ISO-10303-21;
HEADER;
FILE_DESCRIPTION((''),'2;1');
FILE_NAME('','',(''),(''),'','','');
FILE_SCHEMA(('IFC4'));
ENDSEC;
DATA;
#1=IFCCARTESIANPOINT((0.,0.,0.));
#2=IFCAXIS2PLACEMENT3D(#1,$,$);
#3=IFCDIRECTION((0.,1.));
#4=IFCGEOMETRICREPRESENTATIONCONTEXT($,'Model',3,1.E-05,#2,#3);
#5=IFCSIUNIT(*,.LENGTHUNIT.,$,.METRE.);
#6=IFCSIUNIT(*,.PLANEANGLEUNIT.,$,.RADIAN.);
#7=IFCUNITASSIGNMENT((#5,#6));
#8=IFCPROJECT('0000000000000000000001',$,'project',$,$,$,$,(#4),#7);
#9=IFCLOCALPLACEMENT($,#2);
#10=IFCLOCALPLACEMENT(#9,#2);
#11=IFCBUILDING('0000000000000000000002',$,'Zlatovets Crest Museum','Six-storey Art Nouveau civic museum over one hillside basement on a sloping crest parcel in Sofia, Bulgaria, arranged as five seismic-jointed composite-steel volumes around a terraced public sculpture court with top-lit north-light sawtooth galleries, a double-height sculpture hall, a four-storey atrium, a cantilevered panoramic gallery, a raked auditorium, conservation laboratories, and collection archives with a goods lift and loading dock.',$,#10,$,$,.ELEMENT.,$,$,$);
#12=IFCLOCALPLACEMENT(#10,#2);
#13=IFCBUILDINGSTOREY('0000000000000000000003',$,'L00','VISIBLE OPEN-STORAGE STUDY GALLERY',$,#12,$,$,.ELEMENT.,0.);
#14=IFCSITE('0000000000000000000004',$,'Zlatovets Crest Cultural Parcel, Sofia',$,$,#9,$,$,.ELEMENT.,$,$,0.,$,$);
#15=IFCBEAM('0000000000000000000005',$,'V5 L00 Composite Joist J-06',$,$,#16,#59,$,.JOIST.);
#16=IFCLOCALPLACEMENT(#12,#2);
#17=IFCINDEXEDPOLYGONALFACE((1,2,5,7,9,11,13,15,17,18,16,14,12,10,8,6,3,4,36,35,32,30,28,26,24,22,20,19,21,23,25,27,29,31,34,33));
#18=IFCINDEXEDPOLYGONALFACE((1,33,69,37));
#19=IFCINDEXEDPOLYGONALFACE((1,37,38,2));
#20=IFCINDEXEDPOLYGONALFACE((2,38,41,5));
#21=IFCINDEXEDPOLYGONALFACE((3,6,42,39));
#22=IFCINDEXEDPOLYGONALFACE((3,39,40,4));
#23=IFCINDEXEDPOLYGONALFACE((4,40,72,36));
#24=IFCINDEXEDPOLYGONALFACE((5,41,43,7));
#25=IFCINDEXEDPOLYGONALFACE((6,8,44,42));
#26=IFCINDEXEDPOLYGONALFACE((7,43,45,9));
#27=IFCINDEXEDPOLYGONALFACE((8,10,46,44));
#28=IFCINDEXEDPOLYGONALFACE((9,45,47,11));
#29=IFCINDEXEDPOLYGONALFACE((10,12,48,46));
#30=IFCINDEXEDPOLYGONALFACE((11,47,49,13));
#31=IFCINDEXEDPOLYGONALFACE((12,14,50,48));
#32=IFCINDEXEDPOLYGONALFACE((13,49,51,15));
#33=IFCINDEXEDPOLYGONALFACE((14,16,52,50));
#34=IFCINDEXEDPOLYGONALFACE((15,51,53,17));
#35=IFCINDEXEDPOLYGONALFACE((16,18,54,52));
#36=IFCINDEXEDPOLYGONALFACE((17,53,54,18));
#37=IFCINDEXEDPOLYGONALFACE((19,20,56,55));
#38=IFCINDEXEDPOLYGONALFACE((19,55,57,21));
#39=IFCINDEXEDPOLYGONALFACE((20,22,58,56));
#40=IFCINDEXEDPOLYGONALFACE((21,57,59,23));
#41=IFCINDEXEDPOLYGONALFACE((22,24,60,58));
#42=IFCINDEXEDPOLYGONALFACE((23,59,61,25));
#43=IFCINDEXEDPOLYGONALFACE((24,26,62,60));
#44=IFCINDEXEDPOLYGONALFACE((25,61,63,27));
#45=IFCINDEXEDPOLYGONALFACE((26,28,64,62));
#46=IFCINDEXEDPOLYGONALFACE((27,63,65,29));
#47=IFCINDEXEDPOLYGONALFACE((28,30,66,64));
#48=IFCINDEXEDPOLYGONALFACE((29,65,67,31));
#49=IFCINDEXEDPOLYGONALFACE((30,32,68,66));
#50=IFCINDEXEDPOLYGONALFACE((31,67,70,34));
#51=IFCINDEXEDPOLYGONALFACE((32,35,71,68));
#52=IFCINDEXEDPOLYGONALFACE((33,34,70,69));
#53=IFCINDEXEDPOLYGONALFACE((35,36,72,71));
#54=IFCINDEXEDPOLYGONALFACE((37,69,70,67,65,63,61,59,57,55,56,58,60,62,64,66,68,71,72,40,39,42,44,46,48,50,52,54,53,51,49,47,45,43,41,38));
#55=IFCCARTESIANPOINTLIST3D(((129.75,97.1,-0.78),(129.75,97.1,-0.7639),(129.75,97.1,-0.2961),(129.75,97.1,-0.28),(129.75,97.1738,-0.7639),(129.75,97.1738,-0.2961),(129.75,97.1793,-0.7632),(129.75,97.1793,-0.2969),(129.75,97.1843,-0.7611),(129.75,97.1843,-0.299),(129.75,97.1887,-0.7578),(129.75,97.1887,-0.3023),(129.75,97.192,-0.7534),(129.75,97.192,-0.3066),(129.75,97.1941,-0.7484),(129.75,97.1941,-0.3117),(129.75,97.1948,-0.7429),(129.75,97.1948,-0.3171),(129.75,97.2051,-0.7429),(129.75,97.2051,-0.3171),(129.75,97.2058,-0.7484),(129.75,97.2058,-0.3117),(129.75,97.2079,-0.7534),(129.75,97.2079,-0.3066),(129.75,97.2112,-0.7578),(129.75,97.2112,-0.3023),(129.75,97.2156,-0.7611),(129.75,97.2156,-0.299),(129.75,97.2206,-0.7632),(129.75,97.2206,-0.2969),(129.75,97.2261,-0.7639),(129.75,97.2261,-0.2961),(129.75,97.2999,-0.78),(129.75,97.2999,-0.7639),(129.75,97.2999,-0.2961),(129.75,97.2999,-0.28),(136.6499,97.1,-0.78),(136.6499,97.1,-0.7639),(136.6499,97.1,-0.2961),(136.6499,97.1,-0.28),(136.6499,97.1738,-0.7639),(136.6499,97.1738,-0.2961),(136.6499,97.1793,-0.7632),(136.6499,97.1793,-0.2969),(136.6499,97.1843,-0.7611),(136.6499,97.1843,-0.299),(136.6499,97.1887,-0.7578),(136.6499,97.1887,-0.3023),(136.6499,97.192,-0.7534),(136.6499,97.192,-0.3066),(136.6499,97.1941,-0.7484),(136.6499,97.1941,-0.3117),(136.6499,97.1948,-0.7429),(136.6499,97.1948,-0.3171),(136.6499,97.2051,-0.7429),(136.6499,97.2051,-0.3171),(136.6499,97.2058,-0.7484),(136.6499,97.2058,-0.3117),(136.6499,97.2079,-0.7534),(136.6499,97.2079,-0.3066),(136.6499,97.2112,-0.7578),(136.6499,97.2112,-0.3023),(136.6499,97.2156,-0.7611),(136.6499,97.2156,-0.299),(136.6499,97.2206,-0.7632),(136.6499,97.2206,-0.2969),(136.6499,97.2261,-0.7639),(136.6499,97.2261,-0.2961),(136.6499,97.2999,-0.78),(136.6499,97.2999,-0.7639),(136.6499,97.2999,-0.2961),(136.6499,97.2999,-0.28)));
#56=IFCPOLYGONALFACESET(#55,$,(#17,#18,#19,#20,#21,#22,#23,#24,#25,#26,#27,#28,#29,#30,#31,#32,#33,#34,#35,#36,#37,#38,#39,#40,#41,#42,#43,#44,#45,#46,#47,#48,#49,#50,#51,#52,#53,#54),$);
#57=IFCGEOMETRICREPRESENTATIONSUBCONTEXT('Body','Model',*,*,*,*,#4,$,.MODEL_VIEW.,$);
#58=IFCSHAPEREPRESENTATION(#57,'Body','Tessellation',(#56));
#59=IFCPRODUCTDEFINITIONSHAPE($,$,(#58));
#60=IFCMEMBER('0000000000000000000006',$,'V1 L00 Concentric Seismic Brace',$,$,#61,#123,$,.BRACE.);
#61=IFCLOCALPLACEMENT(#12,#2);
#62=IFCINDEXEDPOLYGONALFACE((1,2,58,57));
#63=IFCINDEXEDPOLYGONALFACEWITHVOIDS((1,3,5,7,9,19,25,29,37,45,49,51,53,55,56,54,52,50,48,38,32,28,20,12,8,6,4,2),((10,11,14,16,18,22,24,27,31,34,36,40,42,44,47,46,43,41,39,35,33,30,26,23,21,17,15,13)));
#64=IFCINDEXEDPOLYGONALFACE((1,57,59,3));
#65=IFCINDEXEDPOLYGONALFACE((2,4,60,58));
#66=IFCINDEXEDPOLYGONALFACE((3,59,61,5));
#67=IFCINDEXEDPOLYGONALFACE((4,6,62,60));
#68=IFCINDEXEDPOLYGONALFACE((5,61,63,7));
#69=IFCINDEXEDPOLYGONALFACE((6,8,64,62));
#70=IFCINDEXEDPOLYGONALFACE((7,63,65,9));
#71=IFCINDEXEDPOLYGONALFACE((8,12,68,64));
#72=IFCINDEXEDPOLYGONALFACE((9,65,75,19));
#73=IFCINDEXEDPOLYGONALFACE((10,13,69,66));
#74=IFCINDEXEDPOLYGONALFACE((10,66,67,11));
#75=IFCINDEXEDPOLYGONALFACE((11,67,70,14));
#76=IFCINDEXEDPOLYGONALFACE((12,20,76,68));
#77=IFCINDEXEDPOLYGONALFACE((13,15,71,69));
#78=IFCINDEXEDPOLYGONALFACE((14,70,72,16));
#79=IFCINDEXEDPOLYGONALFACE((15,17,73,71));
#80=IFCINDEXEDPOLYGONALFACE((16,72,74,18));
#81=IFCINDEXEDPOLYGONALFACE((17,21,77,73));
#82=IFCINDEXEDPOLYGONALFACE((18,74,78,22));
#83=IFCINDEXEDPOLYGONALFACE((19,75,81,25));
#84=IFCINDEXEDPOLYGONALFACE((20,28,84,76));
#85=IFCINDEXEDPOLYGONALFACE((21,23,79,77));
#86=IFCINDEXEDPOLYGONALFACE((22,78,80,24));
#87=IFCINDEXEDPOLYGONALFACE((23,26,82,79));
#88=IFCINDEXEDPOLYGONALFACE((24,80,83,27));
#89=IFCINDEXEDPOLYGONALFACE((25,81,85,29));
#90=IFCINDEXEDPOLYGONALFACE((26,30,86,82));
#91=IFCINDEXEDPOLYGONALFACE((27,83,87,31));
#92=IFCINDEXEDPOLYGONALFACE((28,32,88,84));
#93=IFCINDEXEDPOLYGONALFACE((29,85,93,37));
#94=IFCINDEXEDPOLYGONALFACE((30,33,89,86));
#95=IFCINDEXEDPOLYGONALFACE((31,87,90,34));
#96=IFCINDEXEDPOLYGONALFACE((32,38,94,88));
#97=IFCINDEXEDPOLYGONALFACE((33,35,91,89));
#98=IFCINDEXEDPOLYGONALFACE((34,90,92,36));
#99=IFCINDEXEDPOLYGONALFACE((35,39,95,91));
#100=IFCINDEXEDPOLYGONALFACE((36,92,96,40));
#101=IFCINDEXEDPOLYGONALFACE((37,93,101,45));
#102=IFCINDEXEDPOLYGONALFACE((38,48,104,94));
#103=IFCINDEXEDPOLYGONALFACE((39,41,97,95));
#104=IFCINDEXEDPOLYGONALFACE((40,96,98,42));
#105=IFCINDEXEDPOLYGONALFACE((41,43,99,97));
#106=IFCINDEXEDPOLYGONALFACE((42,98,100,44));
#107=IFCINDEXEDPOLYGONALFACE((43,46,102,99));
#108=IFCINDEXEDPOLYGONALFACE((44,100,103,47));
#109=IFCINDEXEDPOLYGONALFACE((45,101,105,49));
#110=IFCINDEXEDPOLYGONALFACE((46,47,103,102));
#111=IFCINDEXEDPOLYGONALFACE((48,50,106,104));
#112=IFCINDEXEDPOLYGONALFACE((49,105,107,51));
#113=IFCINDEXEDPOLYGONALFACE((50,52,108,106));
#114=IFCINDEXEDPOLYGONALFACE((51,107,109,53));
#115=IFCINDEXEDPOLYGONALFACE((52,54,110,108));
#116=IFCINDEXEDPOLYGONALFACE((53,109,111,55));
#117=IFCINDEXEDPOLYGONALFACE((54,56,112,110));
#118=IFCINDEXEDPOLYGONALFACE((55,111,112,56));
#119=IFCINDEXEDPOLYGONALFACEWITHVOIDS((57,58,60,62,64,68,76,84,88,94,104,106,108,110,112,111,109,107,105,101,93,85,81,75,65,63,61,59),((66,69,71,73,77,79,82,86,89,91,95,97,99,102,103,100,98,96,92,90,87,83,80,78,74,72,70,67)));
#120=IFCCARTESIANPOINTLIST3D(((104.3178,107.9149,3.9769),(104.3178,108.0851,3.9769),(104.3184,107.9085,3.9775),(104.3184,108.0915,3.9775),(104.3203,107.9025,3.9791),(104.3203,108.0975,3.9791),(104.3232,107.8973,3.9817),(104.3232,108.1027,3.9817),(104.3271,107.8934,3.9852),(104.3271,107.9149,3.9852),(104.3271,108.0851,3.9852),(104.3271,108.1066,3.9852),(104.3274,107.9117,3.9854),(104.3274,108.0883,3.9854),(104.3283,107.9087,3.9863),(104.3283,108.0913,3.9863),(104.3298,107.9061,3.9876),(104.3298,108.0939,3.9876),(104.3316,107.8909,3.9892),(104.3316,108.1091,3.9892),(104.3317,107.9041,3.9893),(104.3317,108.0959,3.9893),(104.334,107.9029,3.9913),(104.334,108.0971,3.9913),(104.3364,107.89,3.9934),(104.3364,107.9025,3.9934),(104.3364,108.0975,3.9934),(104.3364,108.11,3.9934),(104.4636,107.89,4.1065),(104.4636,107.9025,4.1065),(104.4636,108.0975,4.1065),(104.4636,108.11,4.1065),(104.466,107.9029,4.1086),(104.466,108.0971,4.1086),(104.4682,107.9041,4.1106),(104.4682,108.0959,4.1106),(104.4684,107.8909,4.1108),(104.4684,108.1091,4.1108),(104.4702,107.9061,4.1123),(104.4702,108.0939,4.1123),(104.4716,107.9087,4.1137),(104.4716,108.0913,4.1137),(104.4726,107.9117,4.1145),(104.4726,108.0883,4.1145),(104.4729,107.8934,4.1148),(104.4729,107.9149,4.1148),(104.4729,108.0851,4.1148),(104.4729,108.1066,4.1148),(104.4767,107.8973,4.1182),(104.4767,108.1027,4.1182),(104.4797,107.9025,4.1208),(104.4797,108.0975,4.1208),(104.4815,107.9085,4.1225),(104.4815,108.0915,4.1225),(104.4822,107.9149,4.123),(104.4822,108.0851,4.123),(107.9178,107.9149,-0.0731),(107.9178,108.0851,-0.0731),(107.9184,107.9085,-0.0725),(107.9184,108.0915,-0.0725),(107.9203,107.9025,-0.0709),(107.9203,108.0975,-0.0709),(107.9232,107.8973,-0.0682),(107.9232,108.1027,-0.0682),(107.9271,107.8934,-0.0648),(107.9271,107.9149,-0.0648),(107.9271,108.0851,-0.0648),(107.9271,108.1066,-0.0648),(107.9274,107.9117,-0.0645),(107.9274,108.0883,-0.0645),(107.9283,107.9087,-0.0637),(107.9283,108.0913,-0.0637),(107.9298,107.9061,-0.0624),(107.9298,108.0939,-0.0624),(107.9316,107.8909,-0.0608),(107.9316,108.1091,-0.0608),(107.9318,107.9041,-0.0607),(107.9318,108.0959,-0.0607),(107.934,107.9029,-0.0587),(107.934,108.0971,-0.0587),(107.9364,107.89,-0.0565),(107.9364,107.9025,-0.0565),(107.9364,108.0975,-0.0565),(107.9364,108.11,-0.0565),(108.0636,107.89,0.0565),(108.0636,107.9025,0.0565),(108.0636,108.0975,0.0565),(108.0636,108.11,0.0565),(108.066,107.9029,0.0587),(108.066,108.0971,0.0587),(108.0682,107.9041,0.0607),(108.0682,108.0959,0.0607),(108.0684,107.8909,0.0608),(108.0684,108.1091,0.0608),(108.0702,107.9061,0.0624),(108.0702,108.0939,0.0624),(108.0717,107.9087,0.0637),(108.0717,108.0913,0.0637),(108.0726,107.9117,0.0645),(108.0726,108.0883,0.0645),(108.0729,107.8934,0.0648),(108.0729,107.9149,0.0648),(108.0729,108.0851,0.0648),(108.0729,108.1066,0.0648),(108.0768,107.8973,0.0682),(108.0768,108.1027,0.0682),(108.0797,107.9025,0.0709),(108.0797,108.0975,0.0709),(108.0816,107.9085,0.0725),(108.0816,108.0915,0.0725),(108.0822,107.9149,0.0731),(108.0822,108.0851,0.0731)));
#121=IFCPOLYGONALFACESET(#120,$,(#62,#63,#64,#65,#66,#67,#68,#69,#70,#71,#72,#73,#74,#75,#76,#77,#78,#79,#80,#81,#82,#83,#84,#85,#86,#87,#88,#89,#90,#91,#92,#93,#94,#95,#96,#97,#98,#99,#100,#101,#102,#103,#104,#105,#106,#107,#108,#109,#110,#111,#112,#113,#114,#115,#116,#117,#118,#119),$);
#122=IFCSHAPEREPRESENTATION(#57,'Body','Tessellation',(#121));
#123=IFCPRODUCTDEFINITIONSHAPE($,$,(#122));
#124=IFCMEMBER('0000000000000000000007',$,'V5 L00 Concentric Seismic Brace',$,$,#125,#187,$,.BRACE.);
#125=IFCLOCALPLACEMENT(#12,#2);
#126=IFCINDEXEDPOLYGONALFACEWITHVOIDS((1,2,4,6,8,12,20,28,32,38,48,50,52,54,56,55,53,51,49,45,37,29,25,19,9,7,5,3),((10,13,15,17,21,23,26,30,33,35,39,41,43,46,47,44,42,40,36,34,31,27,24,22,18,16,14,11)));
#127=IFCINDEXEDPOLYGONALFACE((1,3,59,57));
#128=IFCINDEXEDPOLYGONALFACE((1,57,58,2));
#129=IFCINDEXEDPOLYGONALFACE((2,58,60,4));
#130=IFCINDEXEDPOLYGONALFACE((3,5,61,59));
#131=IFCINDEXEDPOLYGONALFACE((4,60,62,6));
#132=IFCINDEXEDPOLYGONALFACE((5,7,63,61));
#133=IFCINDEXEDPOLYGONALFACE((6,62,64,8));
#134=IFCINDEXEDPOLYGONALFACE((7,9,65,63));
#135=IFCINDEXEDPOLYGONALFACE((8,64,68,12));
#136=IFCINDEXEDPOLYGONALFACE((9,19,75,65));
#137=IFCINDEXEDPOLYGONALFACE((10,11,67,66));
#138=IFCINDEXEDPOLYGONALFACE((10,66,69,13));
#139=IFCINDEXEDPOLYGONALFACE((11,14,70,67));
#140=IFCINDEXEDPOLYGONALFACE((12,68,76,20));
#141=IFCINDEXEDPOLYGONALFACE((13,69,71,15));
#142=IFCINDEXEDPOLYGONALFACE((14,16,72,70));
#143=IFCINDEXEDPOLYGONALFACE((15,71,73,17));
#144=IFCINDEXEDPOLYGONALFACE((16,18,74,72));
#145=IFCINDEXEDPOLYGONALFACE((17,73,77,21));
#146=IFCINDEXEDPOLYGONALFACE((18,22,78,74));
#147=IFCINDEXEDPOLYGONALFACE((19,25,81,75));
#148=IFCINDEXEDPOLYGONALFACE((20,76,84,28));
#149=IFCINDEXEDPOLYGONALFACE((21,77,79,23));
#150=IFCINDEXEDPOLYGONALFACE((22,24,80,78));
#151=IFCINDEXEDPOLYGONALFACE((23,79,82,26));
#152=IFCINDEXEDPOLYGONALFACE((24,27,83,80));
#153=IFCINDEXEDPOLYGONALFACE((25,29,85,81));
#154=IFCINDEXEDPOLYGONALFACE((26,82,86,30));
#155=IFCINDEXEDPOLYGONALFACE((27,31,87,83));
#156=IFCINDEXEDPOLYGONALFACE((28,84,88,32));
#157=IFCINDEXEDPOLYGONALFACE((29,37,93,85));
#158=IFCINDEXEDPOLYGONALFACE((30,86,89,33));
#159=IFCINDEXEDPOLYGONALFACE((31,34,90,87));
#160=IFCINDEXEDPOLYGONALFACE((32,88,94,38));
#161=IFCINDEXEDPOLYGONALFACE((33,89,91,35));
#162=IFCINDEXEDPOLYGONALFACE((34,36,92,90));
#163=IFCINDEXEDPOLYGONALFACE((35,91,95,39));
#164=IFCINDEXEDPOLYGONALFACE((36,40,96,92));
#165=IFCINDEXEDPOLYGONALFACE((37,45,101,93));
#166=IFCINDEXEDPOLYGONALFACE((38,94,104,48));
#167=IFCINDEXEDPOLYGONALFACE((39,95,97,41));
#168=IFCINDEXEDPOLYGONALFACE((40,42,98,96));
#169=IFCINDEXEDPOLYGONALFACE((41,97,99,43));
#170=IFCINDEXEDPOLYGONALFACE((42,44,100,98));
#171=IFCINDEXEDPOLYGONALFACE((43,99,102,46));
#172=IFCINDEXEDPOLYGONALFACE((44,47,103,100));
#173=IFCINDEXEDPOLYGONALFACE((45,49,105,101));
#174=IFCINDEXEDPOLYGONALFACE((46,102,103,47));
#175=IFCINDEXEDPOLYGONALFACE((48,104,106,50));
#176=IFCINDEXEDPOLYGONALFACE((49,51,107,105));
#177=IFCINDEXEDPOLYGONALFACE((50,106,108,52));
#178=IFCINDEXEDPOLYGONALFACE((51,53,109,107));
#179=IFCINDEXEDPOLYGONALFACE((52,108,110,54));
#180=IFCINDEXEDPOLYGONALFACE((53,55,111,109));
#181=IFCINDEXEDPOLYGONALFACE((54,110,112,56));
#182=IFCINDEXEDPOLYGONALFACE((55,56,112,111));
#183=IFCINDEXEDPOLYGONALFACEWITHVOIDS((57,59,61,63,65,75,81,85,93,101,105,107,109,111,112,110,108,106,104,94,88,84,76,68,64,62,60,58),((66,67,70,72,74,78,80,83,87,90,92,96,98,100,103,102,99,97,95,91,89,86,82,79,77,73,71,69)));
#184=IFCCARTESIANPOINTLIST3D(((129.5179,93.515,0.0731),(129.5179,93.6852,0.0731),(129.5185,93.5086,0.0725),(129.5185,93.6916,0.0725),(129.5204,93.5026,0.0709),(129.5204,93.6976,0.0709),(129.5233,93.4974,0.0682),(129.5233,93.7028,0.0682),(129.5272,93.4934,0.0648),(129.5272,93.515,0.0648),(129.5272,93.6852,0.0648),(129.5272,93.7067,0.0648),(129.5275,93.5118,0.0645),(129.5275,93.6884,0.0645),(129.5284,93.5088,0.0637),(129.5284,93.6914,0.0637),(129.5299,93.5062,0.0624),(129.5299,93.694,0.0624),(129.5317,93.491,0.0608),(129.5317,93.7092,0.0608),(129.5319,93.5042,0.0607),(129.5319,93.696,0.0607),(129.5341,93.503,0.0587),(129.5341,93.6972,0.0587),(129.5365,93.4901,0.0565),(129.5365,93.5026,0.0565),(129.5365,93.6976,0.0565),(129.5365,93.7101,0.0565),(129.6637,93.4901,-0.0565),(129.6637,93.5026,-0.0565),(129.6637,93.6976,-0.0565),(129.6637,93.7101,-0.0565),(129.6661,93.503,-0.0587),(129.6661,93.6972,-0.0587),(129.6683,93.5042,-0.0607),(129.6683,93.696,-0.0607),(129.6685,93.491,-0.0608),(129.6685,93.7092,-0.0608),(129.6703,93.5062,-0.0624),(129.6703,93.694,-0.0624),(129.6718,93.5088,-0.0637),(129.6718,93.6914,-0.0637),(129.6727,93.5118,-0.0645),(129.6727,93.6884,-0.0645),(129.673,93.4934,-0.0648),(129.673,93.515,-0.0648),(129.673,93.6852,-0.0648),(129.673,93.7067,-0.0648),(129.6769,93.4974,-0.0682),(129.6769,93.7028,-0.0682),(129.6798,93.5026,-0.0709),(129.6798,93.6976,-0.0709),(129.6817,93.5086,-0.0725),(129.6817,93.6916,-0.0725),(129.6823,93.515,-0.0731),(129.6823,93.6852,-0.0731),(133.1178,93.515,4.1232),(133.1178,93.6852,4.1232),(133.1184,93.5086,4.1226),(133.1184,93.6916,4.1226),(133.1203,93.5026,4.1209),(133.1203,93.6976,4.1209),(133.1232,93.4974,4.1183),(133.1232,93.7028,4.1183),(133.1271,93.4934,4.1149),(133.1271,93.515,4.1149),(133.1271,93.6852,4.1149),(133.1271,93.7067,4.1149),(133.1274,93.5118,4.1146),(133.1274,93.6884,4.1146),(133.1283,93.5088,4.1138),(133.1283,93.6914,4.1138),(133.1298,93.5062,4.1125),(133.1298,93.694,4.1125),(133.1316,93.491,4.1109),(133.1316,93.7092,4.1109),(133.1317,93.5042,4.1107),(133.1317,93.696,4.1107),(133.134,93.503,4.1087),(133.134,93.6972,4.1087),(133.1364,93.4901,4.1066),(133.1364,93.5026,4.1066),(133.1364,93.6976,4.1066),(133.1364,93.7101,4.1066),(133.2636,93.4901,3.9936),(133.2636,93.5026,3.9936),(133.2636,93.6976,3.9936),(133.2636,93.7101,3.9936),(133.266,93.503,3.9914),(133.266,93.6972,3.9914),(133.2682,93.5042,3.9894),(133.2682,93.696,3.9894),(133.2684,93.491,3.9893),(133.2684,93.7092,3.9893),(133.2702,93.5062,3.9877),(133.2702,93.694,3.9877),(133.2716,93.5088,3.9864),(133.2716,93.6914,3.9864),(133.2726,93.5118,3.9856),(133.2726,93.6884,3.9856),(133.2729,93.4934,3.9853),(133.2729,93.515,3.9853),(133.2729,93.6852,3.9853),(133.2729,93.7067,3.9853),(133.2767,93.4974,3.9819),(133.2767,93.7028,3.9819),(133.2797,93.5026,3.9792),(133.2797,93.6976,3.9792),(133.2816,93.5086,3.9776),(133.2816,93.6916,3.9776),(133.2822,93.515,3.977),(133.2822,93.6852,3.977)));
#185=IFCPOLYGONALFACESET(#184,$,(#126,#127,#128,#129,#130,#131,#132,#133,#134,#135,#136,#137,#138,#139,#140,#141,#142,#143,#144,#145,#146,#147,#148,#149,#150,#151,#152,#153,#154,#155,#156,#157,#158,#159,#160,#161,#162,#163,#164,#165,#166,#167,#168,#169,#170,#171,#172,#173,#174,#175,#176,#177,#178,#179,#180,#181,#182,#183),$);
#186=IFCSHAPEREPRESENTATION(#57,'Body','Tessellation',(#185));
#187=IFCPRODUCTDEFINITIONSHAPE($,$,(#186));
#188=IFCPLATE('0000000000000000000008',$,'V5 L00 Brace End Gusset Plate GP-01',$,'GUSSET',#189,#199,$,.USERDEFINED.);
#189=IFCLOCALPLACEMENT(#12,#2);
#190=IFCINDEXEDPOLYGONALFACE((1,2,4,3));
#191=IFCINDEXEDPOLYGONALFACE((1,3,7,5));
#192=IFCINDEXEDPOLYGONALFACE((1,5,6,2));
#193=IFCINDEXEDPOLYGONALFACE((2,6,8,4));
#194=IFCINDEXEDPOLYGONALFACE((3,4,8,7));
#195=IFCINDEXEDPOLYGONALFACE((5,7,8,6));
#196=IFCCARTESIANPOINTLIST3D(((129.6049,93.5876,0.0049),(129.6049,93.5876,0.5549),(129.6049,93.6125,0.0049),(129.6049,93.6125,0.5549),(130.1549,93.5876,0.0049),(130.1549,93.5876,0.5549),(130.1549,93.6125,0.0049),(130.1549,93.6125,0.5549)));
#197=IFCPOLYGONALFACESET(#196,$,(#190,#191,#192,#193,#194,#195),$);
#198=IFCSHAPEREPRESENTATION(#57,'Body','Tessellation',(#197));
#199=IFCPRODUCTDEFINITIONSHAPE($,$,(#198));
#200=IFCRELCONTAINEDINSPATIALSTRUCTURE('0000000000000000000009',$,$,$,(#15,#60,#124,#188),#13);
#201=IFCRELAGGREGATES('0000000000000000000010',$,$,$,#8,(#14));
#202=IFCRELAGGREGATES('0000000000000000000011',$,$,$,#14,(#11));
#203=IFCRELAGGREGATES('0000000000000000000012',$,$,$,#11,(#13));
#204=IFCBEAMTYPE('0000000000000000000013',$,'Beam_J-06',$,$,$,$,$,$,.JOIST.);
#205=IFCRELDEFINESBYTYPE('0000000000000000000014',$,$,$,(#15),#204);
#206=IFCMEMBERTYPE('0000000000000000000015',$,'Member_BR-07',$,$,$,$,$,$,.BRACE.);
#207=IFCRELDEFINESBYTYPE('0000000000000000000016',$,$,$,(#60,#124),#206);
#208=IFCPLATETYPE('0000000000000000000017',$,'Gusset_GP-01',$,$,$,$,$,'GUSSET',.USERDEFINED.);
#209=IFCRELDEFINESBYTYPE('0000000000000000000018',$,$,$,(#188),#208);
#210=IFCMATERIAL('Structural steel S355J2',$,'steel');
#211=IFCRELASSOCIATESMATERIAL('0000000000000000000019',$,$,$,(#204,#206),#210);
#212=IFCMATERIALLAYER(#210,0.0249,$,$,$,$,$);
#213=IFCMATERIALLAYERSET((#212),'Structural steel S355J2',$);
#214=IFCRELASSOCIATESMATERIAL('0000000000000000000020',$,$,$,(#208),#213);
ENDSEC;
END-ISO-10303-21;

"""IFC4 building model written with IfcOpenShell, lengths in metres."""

from ifc_helpers import new_model, si_unit, direction, frame, origin, origin_2d, place, context, subcontext, project, spatial, rectangle, hollow_rectangle, i_section, extrude, material, layer, layer_set, material_profile, profile_set, type_object, element, save


model = new_model("IFC4")

# Units and contexts
model_context = context("Model", 3, precision=1e-05, world=origin(), true_north=direction((0.0, 1.0)))
body_context = subcontext(model_context, "Body", "Model", "MODEL_VIEW")
ifc_project = project(units=[si_unit("LENGTHUNIT", "METRE"), si_unit("PLANEANGLEUNIT", "RADIAN")], contexts=[model_context])

# Site, building, storey
site_placement = place(None, origin())
site = spatial("IfcSite", under=ifc_project, at=site_placement, Name="Zlatovets Crest Cultural Parcel, Sofia", CompositionType="ELEMENT", RefElevation=0.0)
building_placement = place(site_placement, origin())
building = spatial("IfcBuilding", under=site, at=building_placement, Name="Zlatovets Crest Museum", Description="Six-storey Art Nouveau civic museum over one hillside basement on a sloping crest parcel in Sofia, Bulgaria, arranged as five seismic-jointed composite-steel volumes around a terraced public sculpture court with top-lit north-light sawtooth galleries, a double-height sculpture hall, a four-storey atrium, a cantilevered panoramic gallery, a raked auditorium, conservation laboratories, and collection archives with a goods lift and loading dock.", CompositionType="ELEMENT")
storey_placement = place(building_placement, origin())
storey = spatial("IfcBuildingStorey", under=building, at=storey_placement, Name="L00", Description="VISIBLE OPEN-STORAGE STUDY GALLERY", CompositionType="ELEMENT", Elevation=0.0)

# Shared definitions
ifc_material_1 = material(Name="Structural steel S355J2", Category="steel")

# Beam
ifc_material_profile_1 = material_profile(ifc_material_1, i_section(OverallWidth=0.2, OverallDepth=0.5, WebThickness=0.0103, FlangeThickness=0.0161, FilletRadius=0.021, at=origin_2d()), Name="IPE 500")
ifc_profile_set_1 = profile_set([ifc_material_profile_1], Name="Structural steel S355J2")
beam_type_1 = type_object("IfcBeamType", Name="Beam_J-06", PredefinedType="JOIST", material=ifc_profile_set_1)
beam_1_placement = place(storey_placement, frame((129.75, 97.2, -0.53), z_axis=(1.0, 0.0, 0.0), x_axis=(0.0, 1.0, 0.0)))
element("IfcBeam", 1, at=beam_1_placement, inside=storey, type_object=beam_type_1, Name="V5 L00 Composite Joist J-06", PredefinedType="JOIST", context=body_context, shape_type="SweptSolid", body=[
    extrude(i_section(OverallWidth=0.2, OverallDepth=0.5, WebThickness=0.0103, FlangeThickness=0.0161, FilletRadius=0.021, at=origin_2d()), origin(), (0.0, 0.0, 1.0), 6.8999),
])

# Members
ifc_material_profile_2 = material_profile(ifc_material_1, hollow_rectangle(XDim=0.22, YDim=0.22, WallThickness=0.0125, InnerFilletRadius=0.0125, OuterFilletRadius=0.0249, at=origin_2d()), Name="SHS 220x220x12.5")
ifc_profile_set_2 = profile_set([ifc_material_profile_2], Name="Structural steel S355J2")
member_type = type_object("IfcMemberType", Name="Member_BR-07", PredefinedType="BRACE", material=ifc_profile_set_2)
for number, where, z_axis, x_axis, name in (
    (2, (108.0, 108.0, 0.0), (-0.664369, 0.0, 0.747404), (0.0, -1.0, 0.0), "V1 L00 Concentric Seismic Brace"),
    (3, (129.6001, 93.6001, 0.0), (0.664344, 0.0, 0.747427), (0.0, 1.0, 0.0), "V5 L00 Concentric Seismic Brace"),
):
    element("IfcMember", number, at=place(storey_placement, frame(where, z_axis=z_axis, x_axis=x_axis)), inside=storey, type_object=member_type, Name=name, PredefinedType="BRACE", context=body_context, shape_type="SweptSolid", body=[
        extrude(hollow_rectangle(XDim=0.22, YDim=0.22, WallThickness=0.0125, InnerFilletRadius=0.0125, OuterFilletRadius=0.0249, at=origin_2d()), origin(), (0.0, 0.0, 1.0), 5.4187),
    ])

# Plate
ifc_layer_1 = layer(ifc_material_1, 0.0249)
ifc_layer_set_1 = layer_set([ifc_layer_1], Name="Structural steel S355J2")
plate_type = type_object("IfcPlateType", Name="Gusset_GP-01", ElementType="GUSSET", PredefinedType="USERDEFINED", material=ifc_layer_set_1)
plate_placement = place(storey_placement, frame((129.8799, 93.6001, 0.0049), z_axis=(0.0, 0.0, 1.0), x_axis=(1.0, 0.0, 0.0)))
element("IfcPlate", 4, at=plate_placement, inside=storey, type_object=plate_type, Name="V5 L00 Brace End Gusset Plate GP-01", ObjectType="GUSSET", PredefinedType="USERDEFINED", context=body_context, shape_type="SweptSolid", body=[
    extrude(rectangle(XDim=0.55, YDim=0.0249, at=origin_2d()), origin(), (0.0, 0.0, 1.0), 0.55),
])

save(model, "model.ifc")
